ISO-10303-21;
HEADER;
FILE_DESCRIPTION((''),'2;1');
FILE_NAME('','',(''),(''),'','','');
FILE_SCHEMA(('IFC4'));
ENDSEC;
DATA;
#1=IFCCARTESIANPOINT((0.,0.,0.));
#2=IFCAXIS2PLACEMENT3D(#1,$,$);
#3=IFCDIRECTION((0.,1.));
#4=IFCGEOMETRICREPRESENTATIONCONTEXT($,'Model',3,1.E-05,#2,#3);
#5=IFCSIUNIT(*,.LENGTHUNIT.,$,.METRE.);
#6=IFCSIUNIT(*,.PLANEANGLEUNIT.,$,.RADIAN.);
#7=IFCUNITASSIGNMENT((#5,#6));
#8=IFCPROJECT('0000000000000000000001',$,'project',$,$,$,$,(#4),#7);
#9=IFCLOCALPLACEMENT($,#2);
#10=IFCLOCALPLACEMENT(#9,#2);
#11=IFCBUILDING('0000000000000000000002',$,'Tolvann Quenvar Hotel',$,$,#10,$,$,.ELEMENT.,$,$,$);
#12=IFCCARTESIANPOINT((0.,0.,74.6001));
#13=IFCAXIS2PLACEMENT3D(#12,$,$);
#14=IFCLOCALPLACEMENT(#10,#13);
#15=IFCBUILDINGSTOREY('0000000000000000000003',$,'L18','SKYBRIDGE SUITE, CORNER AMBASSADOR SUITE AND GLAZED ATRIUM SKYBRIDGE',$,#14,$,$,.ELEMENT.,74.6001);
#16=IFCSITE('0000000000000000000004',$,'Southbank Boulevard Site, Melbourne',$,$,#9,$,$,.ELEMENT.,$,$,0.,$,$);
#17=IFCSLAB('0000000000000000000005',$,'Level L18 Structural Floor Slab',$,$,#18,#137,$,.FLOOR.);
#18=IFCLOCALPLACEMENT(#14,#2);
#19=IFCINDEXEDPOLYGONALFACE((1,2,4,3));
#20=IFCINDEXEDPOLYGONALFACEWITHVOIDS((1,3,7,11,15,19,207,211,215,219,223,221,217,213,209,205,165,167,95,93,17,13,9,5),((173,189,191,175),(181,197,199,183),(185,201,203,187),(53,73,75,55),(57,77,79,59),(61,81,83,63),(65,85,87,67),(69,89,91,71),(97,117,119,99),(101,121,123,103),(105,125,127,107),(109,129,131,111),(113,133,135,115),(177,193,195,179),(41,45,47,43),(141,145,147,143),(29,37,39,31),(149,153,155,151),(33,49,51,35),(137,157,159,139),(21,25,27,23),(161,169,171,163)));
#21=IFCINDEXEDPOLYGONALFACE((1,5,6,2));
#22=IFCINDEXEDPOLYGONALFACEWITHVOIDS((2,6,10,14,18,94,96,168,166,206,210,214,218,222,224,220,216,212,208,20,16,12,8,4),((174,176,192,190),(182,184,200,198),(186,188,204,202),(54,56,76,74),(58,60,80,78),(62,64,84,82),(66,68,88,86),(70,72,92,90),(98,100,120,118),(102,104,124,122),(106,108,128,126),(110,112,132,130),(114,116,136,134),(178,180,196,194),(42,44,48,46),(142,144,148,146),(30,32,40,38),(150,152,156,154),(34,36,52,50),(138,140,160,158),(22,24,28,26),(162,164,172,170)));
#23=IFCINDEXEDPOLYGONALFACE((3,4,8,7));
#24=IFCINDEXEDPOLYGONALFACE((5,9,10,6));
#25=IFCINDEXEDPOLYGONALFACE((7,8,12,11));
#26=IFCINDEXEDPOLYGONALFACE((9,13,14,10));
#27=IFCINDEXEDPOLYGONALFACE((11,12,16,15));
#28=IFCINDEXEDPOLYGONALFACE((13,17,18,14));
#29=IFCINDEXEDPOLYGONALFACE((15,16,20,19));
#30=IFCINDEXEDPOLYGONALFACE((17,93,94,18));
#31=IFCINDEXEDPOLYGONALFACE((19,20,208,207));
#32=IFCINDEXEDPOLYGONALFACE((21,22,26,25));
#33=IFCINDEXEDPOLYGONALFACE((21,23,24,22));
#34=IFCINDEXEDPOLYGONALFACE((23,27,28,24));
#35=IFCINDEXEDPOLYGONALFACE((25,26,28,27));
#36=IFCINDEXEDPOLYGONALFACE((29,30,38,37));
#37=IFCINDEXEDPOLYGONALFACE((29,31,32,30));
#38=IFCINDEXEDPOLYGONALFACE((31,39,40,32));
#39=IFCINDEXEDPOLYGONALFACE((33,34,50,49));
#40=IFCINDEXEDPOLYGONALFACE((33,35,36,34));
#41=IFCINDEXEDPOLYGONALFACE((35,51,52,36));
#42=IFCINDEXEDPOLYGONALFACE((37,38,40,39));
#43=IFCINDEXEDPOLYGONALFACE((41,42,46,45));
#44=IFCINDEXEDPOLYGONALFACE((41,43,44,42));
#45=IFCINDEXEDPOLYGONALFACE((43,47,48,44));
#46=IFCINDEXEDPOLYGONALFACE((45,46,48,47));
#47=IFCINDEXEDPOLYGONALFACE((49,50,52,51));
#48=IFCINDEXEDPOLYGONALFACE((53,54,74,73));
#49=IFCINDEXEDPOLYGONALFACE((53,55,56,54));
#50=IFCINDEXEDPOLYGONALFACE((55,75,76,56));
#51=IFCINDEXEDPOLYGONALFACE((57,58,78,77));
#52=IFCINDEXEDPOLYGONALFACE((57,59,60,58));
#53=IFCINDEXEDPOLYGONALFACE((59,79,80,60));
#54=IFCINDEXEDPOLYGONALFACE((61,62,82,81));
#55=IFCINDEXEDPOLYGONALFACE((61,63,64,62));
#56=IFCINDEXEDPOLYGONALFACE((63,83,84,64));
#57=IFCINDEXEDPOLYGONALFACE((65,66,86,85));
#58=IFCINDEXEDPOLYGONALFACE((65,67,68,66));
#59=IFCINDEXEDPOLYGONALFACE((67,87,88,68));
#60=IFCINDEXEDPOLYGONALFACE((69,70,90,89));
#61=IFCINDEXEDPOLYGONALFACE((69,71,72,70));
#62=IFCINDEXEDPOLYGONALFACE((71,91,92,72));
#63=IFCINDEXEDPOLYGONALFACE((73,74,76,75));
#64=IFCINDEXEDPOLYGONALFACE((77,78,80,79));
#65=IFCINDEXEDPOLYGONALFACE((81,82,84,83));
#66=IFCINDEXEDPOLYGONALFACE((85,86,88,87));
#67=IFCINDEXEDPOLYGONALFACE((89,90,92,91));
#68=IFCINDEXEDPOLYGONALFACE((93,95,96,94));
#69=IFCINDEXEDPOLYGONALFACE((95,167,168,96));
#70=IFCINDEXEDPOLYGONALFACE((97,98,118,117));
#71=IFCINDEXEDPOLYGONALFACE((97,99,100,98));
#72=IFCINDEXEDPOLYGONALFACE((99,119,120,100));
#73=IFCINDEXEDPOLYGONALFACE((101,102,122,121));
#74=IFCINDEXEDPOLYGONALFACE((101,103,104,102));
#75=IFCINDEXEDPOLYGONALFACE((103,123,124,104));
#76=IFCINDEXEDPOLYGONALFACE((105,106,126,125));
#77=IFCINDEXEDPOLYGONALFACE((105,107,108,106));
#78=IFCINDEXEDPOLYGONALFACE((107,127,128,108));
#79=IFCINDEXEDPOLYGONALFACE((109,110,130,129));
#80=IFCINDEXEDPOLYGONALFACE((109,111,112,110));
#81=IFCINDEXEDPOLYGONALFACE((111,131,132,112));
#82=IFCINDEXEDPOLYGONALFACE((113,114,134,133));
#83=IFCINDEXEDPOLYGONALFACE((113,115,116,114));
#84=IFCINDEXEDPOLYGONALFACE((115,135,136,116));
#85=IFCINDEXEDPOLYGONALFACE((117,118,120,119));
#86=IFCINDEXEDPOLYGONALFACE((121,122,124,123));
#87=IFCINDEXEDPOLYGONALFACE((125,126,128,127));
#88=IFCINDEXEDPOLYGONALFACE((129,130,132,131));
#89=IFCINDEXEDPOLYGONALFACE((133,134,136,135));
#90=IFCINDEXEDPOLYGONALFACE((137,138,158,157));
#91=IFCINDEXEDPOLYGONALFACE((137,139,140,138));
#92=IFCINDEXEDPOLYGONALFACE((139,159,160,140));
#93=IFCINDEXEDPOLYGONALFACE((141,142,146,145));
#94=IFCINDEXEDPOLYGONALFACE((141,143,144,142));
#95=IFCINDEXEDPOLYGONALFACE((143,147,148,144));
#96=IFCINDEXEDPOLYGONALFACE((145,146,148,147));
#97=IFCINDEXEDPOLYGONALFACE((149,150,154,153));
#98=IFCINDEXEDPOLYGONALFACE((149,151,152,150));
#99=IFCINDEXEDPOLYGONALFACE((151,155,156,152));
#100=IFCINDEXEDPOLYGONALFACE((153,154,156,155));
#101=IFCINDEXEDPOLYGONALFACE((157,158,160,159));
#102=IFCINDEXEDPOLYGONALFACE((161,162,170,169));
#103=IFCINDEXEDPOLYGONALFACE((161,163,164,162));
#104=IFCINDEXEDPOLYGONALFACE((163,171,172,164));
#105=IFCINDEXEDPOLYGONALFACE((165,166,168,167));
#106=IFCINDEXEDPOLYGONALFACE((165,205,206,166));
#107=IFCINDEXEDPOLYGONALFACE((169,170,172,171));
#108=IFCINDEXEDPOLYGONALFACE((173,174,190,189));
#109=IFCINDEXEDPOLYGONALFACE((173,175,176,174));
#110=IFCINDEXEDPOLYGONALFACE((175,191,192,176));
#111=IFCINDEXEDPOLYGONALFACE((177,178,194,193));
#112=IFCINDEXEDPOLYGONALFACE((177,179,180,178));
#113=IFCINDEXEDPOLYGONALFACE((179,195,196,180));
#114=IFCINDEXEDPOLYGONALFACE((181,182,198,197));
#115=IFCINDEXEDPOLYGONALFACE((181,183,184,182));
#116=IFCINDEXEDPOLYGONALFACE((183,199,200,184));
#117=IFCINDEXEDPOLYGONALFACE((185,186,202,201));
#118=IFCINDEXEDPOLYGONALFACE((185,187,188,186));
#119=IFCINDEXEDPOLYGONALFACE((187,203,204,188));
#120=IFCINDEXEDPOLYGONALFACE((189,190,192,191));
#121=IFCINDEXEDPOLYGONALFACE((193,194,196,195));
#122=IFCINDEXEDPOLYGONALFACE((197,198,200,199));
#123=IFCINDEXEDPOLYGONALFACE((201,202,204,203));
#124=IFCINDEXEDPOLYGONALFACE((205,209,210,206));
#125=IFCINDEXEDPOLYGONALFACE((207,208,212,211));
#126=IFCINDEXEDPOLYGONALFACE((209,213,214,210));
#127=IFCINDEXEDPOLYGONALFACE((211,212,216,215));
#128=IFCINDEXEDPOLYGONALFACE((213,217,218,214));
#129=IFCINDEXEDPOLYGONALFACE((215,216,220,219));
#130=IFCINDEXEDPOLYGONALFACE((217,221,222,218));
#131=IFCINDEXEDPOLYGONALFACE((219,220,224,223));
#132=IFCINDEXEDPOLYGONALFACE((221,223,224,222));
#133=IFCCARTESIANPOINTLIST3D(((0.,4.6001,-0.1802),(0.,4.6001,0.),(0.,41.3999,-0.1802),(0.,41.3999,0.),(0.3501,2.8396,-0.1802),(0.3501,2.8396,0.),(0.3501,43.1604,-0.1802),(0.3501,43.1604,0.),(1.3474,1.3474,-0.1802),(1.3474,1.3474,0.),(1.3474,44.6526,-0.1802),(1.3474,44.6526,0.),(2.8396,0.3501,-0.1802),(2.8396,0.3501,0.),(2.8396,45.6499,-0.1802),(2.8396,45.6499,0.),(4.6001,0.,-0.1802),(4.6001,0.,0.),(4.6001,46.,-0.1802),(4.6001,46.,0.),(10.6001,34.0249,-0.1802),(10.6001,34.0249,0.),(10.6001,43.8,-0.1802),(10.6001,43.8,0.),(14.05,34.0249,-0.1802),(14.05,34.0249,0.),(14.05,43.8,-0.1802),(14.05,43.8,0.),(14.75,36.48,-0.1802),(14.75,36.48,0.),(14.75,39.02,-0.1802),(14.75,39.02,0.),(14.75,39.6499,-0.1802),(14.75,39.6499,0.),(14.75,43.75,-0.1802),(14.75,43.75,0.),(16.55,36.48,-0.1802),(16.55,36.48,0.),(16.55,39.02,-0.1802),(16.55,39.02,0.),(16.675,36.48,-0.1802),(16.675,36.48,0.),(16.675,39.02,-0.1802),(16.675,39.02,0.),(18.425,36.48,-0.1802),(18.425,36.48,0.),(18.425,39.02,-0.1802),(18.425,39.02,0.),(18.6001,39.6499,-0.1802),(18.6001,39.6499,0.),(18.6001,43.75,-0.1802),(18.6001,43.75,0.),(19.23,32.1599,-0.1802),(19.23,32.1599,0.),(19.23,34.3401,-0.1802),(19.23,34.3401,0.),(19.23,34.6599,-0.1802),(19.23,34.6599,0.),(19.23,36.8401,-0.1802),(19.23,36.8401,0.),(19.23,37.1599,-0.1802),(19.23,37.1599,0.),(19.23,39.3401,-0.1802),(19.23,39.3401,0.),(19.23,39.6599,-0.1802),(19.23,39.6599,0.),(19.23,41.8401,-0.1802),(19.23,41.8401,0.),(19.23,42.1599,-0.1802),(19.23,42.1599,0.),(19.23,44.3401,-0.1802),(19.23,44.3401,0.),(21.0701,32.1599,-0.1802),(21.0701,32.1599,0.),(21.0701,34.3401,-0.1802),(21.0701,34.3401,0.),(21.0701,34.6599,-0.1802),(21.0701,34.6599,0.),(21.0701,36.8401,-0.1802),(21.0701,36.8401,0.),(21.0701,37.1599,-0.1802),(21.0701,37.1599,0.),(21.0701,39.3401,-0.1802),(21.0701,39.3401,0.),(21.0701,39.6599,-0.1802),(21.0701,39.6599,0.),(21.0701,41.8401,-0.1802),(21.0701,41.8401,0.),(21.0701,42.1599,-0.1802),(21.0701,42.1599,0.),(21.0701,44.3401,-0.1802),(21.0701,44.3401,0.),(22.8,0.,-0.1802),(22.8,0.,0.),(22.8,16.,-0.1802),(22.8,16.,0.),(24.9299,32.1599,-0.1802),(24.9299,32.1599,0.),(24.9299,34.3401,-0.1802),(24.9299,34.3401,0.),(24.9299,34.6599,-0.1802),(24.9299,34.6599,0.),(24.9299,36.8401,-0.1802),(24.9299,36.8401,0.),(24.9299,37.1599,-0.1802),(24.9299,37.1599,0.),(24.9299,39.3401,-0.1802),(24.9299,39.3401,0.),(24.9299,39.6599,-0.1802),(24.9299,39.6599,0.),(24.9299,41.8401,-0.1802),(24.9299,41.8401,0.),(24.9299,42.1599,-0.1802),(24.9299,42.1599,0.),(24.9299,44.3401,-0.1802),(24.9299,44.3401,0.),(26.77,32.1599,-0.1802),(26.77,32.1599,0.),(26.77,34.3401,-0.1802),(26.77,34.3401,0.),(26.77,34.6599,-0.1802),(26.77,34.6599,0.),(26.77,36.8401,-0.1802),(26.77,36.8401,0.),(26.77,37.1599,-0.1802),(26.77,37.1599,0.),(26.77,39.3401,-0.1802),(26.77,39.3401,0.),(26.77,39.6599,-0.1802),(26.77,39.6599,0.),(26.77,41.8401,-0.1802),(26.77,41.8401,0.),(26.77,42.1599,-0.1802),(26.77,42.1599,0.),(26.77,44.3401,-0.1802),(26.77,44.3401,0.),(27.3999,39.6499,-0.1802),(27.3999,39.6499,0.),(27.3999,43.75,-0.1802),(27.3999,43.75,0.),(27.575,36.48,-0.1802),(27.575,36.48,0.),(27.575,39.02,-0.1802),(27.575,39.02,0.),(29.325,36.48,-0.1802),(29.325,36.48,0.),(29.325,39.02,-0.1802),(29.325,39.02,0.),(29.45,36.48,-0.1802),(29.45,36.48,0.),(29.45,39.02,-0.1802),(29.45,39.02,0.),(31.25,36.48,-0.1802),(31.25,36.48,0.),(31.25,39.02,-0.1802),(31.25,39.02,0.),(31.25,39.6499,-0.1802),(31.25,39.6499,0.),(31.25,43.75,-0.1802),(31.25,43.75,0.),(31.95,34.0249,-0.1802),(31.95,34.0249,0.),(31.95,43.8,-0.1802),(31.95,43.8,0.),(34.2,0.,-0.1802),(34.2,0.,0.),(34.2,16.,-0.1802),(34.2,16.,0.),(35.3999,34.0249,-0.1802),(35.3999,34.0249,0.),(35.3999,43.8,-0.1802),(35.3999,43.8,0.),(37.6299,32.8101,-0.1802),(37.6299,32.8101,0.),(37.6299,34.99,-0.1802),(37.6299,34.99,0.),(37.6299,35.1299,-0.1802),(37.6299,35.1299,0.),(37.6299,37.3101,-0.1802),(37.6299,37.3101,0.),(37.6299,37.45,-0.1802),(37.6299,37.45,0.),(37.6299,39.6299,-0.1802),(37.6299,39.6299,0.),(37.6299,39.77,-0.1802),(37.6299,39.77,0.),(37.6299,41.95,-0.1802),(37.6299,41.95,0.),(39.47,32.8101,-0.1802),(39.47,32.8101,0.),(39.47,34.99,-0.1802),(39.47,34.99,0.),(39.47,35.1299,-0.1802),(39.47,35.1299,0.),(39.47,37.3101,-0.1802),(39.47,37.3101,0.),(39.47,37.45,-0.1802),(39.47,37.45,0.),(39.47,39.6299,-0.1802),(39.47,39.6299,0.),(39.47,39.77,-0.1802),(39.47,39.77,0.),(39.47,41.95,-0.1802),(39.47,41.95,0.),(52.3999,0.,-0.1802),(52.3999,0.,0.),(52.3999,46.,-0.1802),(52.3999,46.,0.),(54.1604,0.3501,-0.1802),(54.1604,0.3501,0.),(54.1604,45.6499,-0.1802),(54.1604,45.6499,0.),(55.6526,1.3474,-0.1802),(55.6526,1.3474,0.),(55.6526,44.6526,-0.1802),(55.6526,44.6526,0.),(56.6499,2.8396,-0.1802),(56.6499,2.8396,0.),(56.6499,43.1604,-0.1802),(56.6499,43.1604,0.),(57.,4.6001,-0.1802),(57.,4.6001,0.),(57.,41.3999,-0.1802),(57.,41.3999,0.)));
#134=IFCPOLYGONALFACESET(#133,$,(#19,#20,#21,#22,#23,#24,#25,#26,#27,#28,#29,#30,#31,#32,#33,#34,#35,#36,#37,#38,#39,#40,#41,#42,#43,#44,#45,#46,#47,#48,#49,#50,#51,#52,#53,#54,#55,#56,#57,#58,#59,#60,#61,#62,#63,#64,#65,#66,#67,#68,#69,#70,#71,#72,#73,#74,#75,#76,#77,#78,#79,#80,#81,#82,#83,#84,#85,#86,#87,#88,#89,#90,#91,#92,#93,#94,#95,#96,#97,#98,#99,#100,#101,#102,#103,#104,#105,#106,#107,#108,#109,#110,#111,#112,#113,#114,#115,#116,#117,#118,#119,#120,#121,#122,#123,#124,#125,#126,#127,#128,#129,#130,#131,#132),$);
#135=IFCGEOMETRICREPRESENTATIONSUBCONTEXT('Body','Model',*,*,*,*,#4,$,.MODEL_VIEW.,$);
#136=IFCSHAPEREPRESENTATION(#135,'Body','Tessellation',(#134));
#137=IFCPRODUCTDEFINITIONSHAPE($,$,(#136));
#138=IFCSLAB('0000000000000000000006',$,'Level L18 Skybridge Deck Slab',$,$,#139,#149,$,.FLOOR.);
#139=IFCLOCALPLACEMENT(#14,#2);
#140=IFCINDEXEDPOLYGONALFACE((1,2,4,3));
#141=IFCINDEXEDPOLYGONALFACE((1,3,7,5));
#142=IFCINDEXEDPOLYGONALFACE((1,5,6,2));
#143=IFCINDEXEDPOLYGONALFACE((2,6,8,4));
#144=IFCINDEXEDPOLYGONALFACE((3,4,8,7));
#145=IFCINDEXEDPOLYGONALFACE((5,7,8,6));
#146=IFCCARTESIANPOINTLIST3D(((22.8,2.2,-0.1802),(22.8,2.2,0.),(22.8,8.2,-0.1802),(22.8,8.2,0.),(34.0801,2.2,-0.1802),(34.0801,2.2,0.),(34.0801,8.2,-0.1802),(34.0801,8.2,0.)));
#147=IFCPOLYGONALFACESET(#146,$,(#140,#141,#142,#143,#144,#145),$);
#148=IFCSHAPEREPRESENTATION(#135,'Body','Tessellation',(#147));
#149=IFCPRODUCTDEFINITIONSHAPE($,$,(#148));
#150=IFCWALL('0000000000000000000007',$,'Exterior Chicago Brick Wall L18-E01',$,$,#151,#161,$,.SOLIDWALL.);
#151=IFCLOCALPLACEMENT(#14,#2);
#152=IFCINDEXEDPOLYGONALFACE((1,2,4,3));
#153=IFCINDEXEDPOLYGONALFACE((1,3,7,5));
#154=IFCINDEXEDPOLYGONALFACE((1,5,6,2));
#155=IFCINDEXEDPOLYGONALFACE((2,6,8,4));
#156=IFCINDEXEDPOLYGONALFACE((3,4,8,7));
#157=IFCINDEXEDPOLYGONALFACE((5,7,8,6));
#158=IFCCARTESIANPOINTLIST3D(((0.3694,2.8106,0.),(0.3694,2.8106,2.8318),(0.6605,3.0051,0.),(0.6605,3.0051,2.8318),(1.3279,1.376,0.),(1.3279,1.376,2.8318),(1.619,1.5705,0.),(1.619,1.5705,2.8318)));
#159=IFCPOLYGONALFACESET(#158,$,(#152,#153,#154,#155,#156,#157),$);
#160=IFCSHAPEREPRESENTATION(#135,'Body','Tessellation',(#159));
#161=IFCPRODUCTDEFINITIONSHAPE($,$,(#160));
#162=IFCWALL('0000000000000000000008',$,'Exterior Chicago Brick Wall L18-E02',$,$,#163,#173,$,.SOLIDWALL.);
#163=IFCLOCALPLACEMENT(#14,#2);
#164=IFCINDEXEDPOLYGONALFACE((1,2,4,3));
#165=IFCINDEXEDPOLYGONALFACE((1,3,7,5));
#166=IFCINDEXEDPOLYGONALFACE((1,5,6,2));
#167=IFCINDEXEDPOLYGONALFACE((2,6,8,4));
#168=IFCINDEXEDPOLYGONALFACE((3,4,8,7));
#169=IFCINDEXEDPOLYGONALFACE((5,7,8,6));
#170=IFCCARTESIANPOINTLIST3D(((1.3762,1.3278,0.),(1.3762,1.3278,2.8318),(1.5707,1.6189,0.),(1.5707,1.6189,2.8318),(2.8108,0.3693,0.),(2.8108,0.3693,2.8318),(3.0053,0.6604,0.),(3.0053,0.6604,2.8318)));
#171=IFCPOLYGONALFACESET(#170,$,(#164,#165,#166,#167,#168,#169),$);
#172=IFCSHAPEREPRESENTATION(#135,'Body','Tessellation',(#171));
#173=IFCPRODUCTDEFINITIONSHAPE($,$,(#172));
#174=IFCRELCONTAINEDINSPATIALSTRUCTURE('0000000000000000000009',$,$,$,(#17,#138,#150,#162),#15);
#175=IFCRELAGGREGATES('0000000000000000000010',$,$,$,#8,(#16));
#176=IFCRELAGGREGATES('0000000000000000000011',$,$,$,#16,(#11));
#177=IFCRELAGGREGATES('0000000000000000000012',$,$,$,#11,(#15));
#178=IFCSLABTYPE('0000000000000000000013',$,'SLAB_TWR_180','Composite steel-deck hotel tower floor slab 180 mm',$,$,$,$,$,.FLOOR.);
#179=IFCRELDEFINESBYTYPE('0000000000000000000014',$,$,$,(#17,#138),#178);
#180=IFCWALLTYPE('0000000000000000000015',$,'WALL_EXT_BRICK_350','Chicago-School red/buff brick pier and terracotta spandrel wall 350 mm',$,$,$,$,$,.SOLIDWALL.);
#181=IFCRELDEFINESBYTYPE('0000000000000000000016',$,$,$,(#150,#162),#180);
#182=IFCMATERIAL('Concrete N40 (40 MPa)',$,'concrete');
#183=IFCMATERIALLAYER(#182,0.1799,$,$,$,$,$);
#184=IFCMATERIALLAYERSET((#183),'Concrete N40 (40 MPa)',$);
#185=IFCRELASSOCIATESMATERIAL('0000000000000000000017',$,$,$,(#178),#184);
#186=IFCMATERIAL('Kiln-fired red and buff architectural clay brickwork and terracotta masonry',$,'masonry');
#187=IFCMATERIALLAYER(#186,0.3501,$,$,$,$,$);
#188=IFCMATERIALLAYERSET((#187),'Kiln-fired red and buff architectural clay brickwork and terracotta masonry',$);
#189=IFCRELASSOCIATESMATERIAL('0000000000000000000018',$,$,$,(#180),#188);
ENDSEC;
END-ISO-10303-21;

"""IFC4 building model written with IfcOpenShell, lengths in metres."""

from ifc_helpers import new_model, si_unit, direction, frame, frame_2d, origin, place, context, subcontext, project, spatial, polyline, rectangle, outline, extrude, material, layer, layer_set, type_object, element, save


model = new_model("IFC4")

# Units and contexts
model_context = context("Model", 3, precision=1e-05, world=origin(), true_north=direction((0.0, 1.0)))
body_context = subcontext(model_context, "Body", "Model", "MODEL_VIEW")
ifc_project = project(units=[si_unit("LENGTHUNIT", "METRE"), si_unit("PLANEANGLEUNIT", "RADIAN")], contexts=[model_context])

# Site, building, storey
site_placement = place(None, origin())
site = spatial("IfcSite", under=ifc_project, at=site_placement, Name="Southbank Boulevard Site, Melbourne", CompositionType="ELEMENT", RefElevation=0.0)
building_placement = place(site_placement, origin())
building = spatial("IfcBuilding", under=site, at=building_placement, Name="Tolvann Quenvar Hotel", CompositionType="ELEMENT")
storey_placement = place(building_placement, frame((0.0, 0.0, 74.6001)))
storey = spatial("IfcBuildingStorey", under=building, at=storey_placement, Name="L18", Description="SKYBRIDGE SUITE, CORNER AMBASSADOR SUITE AND GLAZED ATRIUM SKYBRIDGE", CompositionType="ELEMENT", Elevation=74.6001)

# Shared definitions
ifc_material_1 = material(Name="Concrete N40 (40 MPa)", Category="concrete")

# Slabs
ifc_layer_1 = layer(ifc_material_1, 0.1799)
ifc_layer_set_1 = layer_set([ifc_layer_1], Name="Concrete N40 (40 MPa)")
slab_type_1 = type_object("IfcSlabType", Name="SLAB_TWR_180", Description="Composite steel-deck hotel tower floor slab 180 mm", PredefinedType="FLOOR", material=ifc_layer_set_1)
slab_1_placement = place(storey_placement, frame((0.0, 0.0, -0.1802)))
element("IfcSlab", 1, at=slab_1_placement, inside=storey, type_object=slab_type_1, Name="Level L18 Structural Floor Slab", PredefinedType="FLOOR", context=body_context, shape_type="SweptSolid", body=[
    extrude(outline(polyline([(0.0, 4.6001), (0.3501, 2.8396), (1.3474, 1.3474), (2.8396, 0.3501), (4.6001, 0.0), (22.8, 0.0), (22.8, 16.0), (34.2, 16.0), (34.2, 0.0), (52.3999, 0.0), (54.1604, 0.3501), (55.6526, 1.3474), (56.6499, 2.8396), (57.0, 4.6001), (57.0, 41.3999), (56.6499, 43.1604), (55.6526, 44.6526), (54.1604, 45.6499), (52.3999, 46.0), (4.6001, 46.0), (2.8396, 45.6499), (1.3474, 44.6526), (0.3501, 43.1604), (0.0, 41.3999), (0.0, 4.6001)]), holes=[polyline([(37.6299, 41.95), (39.47, 41.95), (39.47, 39.77), (37.6299, 39.77), (37.6299, 41.95)]), polyline([(37.6299, 39.6299), (39.47, 39.6299), (39.47, 37.45), (37.6299, 37.45), (37.6299, 39.6299)]), polyline([(37.6299, 37.3101), (39.47, 37.3101), (39.47, 35.1299), (37.6299, 35.1299), (37.6299, 37.3101)]), polyline([(37.6299, 34.99), (39.47, 34.99), (39.47, 32.8101), (37.6299, 32.8101), (37.6299, 34.99)]), polyline([(31.95, 43.8), (35.3999, 43.8), (35.3999, 34.0249), (31.95, 34.0249), (31.95, 43.8)]), polyline([(31.25, 39.02), (31.25, 36.48), (29.45, 36.48), (29.45, 39.02), (31.25, 39.02)]), polyline([(31.25, 43.75), (31.25, 39.6499), (27.3999, 39.6499), (27.3999, 43.75), (31.25, 43.75)]), polyline([(27.575, 39.02), (29.325, 39.02), (29.325, 36.48), (27.575, 36.48), (27.575, 39.02)]), polyline([(26.77, 36.8401), (26.77, 34.6599), (24.9299, 34.6599), (24.9299, 36.8401), (26.77, 36.8401)]), polyline([(26.77, 44.3401), (26.77, 42.1599), (24.9299, 42.1599), (24.9299, 44.3401), (26.77, 44.3401)]), polyline([(26.77, 41.8401), (26.77, 39.6599), (24.9299, 39.6599), (24.9299, 41.8401), (26.77, 41.8401)]), polyline([(26.77, 39.3401), (26.77, 37.1599), (24.9299, 37.1599), (24.9299, 39.3401), (26.77, 39.3401)]), polyline([(24.9299, 34.3401), (26.77, 34.3401), (26.77, 32.1599), (24.9299, 32.1599), (24.9299, 34.3401)]), polyline([(21.0701, 44.3401), (21.0701, 42.1599), (19.23, 42.1599), (19.23, 44.3401), (21.0701, 44.3401)]), polyline([(19.23, 41.8401), (21.0701, 41.8401), (21.0701, 39.6599), (19.23, 39.6599), (19.23, 41.8401)]), polyline([(21.0701, 39.3401), (21.0701, 37.1599), (19.23, 37.1599), (19.23, 39.3401), (21.0701, 39.3401)]), polyline([(19.23, 36.8401), (21.0701, 36.8401), (21.0701, 34.6599), (19.23, 34.6599), (19.23, 36.8401)]), polyline([(19.23, 34.3401), (21.0701, 34.3401), (21.0701, 32.1599), (19.23, 32.1599), (19.23, 34.3401)]), polyline([(18.6001, 43.75), (18.6001, 39.6499), (14.75, 39.6499), (14.75, 43.75), (18.6001, 43.75)]), polyline([(16.675, 39.02), (18.425, 39.02), (18.425, 36.48), (16.675, 36.48), (16.675, 39.02)]), polyline([(16.55, 39.02), (16.55, 36.48), (14.75, 36.48), (14.75, 39.02), (16.55, 39.02)]), polyline([(10.6001, 43.8), (14.05, 43.8), (14.05, 34.0249), (10.6001, 34.0249), (10.6001, 43.8)])]), origin(), (0.0, 0.0, 1.0), 0.1802),
])
slab_2_placement = place(storey_placement, frame((0.0, 0.0, -0.1802)))
element("IfcSlab", 2, at=slab_2_placement, inside=storey, type_object=slab_type_1, Name="Level L18 Skybridge Deck Slab", PredefinedType="FLOOR", context=body_context, shape_type="SweptSolid", body=[
    extrude(outline(polyline([(22.8, 2.2), (34.0801, 2.2), (34.0801, 8.2), (22.8, 8.2), (22.8, 2.2)])), origin(), (0.0, 0.0, 1.0), 0.1802),
])

# Walls
ifc_material_2 = material(Name="Kiln-fired red and buff architectural clay brickwork and terracotta masonry", Category="masonry")
ifc_layer_2 = layer(ifc_material_2, 0.3501)
ifc_layer_set_2 = layer_set([ifc_layer_2], Name="Kiln-fired red and buff architectural clay brickwork and terracotta masonry")
wall_type_1 = type_object("IfcWallType", Name="WALL_EXT_BRICK_350", Description="Chicago-School red/buff brick pier and terracotta spandrel wall 350 mm", PredefinedType="SOLIDWALL", material=ifc_layer_set_2)
for number, where, z_axis, x_axis, name in (
    (3, (0.5149, 2.908, 0.0), (0.0, 0.0, 1.0), (0.555549, -0.831484, 0.0), "Exterior Chicago Brick Wall L18-E01"),
    (4, (1.4734, 1.4734, 0.0), (0.0, 0.0, 1.0), (0.831484, -0.555549, 0.0), "Exterior Chicago Brick Wall L18-E02"),
):
    element("IfcWall", number, at=place(storey_placement, frame(where, z_axis=z_axis, x_axis=x_axis)), inside=storey, type_object=wall_type_1, Name=name, PredefinedType="SOLIDWALL", context=body_context, shape_type="SweptSolid", body=[
        extrude(rectangle(XDim=1.7253, YDim=0.3501, at=frame_2d((0.8628, 0.0))), origin(), (0.0, 0.0, 1.0), 2.8318),
    ])

save(model, "model.ifc")
